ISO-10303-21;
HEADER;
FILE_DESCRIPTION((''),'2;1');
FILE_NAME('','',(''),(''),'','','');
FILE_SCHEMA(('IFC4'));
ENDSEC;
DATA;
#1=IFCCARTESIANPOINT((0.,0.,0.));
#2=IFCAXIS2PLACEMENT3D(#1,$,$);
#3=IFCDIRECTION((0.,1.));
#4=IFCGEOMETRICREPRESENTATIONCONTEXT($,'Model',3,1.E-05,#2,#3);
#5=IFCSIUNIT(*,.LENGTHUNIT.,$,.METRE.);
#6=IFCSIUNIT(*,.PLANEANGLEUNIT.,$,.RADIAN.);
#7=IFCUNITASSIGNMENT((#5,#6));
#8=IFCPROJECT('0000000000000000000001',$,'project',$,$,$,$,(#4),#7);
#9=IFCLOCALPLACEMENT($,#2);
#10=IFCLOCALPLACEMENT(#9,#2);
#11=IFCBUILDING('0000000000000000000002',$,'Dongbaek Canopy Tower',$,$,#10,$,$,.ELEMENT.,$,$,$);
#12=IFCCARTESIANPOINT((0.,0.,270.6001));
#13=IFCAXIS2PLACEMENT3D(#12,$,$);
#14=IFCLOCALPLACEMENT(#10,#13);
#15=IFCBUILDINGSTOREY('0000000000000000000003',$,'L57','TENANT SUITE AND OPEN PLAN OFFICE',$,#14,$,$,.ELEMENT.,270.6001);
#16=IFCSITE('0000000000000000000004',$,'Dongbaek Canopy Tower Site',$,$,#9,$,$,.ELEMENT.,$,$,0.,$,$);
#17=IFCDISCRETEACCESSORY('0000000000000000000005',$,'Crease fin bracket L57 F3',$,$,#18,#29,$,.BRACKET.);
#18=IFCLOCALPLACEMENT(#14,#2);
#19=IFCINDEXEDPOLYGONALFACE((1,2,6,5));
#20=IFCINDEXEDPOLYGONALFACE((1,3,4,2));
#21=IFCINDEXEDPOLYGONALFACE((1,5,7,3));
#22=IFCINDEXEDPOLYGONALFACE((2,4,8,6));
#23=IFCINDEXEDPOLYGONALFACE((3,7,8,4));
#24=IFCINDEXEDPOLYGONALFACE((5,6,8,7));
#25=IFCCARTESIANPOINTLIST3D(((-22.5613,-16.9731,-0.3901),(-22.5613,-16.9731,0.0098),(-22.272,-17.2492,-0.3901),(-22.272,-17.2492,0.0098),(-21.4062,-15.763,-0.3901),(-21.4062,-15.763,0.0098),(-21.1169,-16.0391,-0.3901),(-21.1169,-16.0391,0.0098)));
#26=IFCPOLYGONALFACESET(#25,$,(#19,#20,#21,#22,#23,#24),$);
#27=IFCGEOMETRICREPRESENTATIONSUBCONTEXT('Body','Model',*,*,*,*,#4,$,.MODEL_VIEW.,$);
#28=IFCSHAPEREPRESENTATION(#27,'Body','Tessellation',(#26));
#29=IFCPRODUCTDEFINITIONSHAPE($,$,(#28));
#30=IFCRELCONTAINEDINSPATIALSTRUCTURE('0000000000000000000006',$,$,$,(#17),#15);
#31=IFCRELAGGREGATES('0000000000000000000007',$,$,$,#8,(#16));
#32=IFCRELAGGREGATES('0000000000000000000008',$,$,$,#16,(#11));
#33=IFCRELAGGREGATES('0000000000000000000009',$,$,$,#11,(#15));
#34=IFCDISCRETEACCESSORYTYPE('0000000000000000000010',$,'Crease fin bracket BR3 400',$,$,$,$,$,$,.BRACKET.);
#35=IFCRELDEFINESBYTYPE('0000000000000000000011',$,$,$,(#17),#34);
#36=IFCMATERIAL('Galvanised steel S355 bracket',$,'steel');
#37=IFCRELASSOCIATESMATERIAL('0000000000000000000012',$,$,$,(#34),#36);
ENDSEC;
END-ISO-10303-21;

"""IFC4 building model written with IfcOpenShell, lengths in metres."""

from ifc_helpers import new_model, si_unit, direction, frame, origin, origin_2d, place, context, subcontext, project, spatial, rectangle, extrude, material, type_object, element, save


model = new_model("IFC4")

# Units and contexts
model_context = context("Model", 3, precision=1e-05, world=origin(), true_north=direction((0.0, 1.0)))
body_context = subcontext(model_context, "Body", "Model", "MODEL_VIEW")
ifc_project = project(units=[si_unit("LENGTHUNIT", "METRE"), si_unit("PLANEANGLEUNIT", "RADIAN")], contexts=[model_context])

# Site, building, storey
site_placement = place(None, origin())
site = spatial("IfcSite", under=ifc_project, at=site_placement, Name="Dongbaek Canopy Tower Site", CompositionType="ELEMENT", RefElevation=0.0)
building_placement = place(site_placement, origin())
building = spatial("IfcBuilding", under=site, at=building_placement, Name="Dongbaek Canopy Tower", CompositionType="ELEMENT")
storey_placement = place(building_placement, frame((0.0, 0.0, 270.6001)))
storey = spatial("IfcBuildingStorey", under=building, at=storey_placement, Name="L57", Description="TENANT SUITE AND OPEN PLAN OFFICE", CompositionType="ELEMENT", Elevation=270.6001)

# Discrete accessory
ifc_material_1 = material(Name="Galvanised steel S355 bracket", Category="steel")
discrete_accessory_type = type_object("IfcDiscreteAccessoryType", Name="Crease fin bracket BR3 400", PredefinedType="BRACKET", material=ifc_material_1)
discrete_accessory_placement = place(storey_placement, frame((-21.8391, -16.5061, -0.3901), z_axis=(0.0, 0.0, 1.0), x_axis=(-0.690481, -0.72335, 0.0)))
element("IfcDiscreteAccessory", 1, at=discrete_accessory_placement, inside=storey, type_object=discrete_accessory_type, Name="Crease fin bracket L57 F3", PredefinedType="BRACKET", context=body_context, shape_type="SweptSolid", body=[
    extrude(rectangle(XDim=1.6729, YDim=0.3999, at=origin_2d()), origin(), (0.0, 0.0, 1.0), 0.3999),
])

save(model, "model.ifc")
